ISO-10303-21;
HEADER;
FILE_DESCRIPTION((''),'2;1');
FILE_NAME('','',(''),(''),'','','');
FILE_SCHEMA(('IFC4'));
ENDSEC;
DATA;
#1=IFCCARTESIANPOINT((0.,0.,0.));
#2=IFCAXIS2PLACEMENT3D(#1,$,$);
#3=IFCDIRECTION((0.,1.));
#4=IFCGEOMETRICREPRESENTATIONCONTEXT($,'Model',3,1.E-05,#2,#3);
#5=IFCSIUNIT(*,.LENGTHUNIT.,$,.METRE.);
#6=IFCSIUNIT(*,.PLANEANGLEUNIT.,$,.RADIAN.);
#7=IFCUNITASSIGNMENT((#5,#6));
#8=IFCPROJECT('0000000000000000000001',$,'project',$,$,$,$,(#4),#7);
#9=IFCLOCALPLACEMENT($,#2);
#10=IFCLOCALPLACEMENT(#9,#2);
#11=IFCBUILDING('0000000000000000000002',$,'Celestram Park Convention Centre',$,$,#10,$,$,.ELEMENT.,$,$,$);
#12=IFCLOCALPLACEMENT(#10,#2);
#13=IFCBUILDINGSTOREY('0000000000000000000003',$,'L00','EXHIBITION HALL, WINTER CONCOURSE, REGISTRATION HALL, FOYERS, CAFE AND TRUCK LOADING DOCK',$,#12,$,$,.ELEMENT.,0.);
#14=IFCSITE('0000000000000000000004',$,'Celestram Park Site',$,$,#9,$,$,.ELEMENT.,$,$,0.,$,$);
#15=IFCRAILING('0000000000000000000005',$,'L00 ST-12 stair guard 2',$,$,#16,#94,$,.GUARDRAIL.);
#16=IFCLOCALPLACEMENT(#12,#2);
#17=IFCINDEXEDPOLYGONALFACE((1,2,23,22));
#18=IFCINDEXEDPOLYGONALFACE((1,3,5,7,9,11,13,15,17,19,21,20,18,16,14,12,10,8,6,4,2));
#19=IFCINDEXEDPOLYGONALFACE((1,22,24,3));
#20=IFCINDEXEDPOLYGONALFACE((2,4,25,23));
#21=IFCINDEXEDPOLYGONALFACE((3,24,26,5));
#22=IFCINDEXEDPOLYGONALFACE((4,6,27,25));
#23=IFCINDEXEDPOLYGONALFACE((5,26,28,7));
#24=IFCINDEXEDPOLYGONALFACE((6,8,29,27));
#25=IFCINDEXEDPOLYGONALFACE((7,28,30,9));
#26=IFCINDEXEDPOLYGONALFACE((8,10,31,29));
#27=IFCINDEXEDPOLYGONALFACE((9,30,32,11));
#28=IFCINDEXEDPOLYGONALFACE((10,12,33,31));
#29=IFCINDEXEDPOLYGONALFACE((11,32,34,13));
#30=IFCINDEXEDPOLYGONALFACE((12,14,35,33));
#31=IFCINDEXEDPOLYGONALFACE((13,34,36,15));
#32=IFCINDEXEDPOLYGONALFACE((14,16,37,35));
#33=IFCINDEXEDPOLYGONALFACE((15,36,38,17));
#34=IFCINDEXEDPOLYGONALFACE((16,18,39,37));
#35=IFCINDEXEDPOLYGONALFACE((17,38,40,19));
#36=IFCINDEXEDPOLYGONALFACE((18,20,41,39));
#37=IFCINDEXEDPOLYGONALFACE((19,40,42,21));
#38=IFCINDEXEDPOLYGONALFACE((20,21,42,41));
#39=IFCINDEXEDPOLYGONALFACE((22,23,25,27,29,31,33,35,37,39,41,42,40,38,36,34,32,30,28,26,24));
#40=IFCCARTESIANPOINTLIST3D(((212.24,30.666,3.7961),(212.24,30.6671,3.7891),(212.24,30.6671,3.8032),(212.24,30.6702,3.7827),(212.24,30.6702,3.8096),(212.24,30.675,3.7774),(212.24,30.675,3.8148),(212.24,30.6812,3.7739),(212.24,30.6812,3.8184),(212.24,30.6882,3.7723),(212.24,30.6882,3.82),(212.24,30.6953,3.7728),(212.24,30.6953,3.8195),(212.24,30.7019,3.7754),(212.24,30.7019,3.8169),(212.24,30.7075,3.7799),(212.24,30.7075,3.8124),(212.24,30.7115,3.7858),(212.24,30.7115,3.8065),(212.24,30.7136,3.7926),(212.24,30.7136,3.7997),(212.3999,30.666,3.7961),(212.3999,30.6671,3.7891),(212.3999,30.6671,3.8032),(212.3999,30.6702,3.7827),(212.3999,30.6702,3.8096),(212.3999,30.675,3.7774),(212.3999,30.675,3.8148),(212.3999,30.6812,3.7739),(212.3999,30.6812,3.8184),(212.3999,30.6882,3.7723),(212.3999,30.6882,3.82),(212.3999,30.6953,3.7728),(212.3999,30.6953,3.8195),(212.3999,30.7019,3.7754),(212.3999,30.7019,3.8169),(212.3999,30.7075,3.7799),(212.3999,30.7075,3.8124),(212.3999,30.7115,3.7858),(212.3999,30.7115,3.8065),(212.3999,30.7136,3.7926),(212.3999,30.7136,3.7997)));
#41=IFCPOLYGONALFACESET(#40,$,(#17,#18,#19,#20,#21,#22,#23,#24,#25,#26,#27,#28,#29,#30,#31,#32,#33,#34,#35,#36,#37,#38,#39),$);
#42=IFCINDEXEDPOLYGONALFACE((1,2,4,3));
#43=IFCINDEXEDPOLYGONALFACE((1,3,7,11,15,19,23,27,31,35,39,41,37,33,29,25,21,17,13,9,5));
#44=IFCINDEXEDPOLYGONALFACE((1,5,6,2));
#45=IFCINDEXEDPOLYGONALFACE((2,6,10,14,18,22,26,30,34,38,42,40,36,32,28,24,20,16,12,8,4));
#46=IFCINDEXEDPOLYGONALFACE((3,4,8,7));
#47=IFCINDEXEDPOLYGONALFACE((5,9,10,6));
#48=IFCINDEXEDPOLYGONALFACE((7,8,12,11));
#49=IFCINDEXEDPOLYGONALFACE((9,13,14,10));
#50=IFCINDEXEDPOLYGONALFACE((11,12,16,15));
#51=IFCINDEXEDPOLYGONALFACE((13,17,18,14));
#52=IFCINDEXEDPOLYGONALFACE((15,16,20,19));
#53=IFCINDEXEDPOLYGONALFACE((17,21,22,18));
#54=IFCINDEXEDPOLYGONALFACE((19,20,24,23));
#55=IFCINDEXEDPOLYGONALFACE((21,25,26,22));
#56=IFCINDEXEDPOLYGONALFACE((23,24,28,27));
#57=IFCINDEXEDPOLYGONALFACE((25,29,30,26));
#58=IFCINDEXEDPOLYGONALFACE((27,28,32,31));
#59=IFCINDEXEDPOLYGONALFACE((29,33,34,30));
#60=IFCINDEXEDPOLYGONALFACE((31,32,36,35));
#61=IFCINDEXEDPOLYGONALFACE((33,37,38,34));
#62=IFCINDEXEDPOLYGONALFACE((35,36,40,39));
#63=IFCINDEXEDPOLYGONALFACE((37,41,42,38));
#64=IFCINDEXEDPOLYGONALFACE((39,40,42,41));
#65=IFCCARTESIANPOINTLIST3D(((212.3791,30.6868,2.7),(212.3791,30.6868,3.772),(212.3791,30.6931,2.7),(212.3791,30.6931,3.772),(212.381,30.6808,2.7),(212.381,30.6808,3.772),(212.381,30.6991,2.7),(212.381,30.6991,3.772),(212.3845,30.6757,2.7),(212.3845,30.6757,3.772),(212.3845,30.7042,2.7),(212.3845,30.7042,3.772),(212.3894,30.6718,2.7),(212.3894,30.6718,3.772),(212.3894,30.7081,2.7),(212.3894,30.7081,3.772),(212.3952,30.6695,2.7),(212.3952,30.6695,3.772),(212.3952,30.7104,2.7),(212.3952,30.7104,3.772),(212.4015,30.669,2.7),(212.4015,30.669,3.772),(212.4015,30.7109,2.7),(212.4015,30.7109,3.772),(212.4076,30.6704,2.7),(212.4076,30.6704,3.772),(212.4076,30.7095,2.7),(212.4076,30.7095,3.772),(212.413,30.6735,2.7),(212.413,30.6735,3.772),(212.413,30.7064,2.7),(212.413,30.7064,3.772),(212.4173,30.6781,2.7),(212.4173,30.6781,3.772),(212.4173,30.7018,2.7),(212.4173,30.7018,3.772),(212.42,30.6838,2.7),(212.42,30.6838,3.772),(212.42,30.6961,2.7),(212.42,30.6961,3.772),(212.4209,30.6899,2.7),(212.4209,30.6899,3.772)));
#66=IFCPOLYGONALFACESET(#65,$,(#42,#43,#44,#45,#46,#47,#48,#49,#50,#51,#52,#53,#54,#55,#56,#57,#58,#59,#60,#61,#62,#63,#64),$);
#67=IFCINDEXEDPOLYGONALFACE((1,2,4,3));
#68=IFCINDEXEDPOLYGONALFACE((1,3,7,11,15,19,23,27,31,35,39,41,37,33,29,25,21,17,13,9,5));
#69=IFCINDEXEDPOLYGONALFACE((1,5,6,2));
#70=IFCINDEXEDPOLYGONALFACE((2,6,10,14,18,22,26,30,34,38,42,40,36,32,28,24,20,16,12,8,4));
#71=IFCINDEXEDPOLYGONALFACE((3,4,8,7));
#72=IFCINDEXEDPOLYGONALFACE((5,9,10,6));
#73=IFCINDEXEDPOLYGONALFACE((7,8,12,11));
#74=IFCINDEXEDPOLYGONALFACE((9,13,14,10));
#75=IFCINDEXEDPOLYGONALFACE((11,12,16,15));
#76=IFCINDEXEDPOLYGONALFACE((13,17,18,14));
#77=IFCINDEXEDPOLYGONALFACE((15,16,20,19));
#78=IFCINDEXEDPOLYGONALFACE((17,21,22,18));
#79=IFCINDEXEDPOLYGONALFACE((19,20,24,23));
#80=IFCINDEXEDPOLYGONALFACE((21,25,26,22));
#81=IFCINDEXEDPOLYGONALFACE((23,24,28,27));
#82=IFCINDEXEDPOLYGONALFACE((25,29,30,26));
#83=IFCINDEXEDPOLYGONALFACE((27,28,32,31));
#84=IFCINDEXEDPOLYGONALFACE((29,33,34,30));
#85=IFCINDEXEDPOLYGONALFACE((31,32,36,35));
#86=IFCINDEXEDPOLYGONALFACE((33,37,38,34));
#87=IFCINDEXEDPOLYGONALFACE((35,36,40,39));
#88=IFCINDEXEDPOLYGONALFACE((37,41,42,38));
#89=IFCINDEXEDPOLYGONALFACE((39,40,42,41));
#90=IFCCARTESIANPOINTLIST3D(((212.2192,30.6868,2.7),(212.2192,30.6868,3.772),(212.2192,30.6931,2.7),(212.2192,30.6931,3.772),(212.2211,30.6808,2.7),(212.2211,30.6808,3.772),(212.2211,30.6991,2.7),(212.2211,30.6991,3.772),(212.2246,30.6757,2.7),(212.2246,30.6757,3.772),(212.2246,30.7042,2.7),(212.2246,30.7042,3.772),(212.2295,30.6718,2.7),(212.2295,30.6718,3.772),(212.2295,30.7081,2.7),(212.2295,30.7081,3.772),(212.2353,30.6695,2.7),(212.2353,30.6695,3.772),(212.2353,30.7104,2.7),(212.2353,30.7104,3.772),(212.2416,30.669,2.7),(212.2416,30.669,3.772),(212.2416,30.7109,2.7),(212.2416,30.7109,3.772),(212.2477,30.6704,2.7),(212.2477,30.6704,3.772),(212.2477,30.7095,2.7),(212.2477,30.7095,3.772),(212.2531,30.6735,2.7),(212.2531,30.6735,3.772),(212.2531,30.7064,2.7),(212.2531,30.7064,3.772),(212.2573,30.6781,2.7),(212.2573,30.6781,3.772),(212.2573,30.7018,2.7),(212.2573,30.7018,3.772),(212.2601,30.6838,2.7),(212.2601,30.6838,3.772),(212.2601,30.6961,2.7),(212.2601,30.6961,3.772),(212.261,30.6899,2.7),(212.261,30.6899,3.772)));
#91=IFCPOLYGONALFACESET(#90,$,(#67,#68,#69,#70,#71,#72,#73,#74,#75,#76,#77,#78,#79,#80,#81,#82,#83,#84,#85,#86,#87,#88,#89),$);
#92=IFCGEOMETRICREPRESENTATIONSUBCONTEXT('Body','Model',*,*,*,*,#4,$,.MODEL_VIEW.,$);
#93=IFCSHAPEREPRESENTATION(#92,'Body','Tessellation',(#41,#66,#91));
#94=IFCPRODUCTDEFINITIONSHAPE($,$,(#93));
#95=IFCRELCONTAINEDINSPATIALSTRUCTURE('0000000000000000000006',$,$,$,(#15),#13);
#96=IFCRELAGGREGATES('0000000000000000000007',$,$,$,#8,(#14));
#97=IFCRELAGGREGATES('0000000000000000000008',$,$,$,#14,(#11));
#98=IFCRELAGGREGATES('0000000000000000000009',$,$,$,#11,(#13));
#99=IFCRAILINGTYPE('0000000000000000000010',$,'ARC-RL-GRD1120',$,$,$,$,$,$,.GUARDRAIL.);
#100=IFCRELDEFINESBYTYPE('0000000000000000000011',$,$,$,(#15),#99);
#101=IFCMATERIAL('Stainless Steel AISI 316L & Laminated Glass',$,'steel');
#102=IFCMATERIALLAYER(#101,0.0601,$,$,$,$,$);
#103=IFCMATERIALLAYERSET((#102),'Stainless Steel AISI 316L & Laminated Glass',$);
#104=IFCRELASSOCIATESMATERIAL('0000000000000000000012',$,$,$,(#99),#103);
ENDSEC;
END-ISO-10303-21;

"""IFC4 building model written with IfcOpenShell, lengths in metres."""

from ifc_helpers import new_model, si_unit, direction, frame, origin, origin_2d, place, context, subcontext, project, spatial, circle, extrude, material, layer, layer_set, type_object, element, save


model = new_model("IFC4")

# Units and contexts
model_context = context("Model", 3, precision=1e-05, world=origin(), true_north=direction((0.0, 1.0)))
body_context = subcontext(model_context, "Body", "Model", "MODEL_VIEW")
ifc_project = project(units=[si_unit("LENGTHUNIT", "METRE"), si_unit("PLANEANGLEUNIT", "RADIAN")], contexts=[model_context])

# Site, building, storey
site_placement = place(None, origin())
site = spatial("IfcSite", under=ifc_project, at=site_placement, Name="Celestram Park Site", CompositionType="ELEMENT", RefElevation=0.0)
building_placement = place(site_placement, origin())
building = spatial("IfcBuilding", under=site, at=building_placement, Name="Celestram Park Convention Centre", CompositionType="ELEMENT")
storey_placement = place(building_placement, origin())
storey = spatial("IfcBuildingStorey", under=building, at=storey_placement, Name="L00", Description="EXHIBITION HALL, WINTER CONCOURSE, REGISTRATION HALL, FOYERS, CAFE AND TRUCK LOADING DOCK", CompositionType="ELEMENT", Elevation=0.0)

# Railing
ifc_material_1 = material(Name="Stainless Steel AISI 316L & Laminated Glass", Category="steel")
ifc_layer_1 = layer(ifc_material_1, 0.0601)
ifc_layer_set_1 = layer_set([ifc_layer_1], Name="Stainless Steel AISI 316L & Laminated Glass")
railing_type = type_object("IfcRailingType", Name="ARC-RL-GRD1120", PredefinedType="GUARDRAIL", material=ifc_layer_set_1)
railing_1_placement = place(storey_placement, frame((212.3999, 30.6899, 2.7)))
element("IfcRailing", 1, at=railing_1_placement, inside=storey, type_object=railing_type, Name="L00 ST-12 stair guard 2", PredefinedType="GUARDRAIL", context=body_context, shape_type="SweptSolid", body=[
    extrude(circle(Radius=0.0239, at=origin_2d()), frame((0.0, 0.0, 1.0962), z_axis=(-1.0, 0.0, 0.0), x_axis=(0.0, -1.0, 0.0)), (0.0, 0.0, 1.0), 0.1599),
    extrude(circle(Radius=0.021, at=origin_2d()), origin(), (0.0, 0.0, 1.0), 1.072),
    extrude(circle(Radius=0.021, at=origin_2d()), frame((-0.1599, 0.0, 0.0)), (0.0, 0.0, 1.0), 1.072),
])

save(model, "model.ifc")
